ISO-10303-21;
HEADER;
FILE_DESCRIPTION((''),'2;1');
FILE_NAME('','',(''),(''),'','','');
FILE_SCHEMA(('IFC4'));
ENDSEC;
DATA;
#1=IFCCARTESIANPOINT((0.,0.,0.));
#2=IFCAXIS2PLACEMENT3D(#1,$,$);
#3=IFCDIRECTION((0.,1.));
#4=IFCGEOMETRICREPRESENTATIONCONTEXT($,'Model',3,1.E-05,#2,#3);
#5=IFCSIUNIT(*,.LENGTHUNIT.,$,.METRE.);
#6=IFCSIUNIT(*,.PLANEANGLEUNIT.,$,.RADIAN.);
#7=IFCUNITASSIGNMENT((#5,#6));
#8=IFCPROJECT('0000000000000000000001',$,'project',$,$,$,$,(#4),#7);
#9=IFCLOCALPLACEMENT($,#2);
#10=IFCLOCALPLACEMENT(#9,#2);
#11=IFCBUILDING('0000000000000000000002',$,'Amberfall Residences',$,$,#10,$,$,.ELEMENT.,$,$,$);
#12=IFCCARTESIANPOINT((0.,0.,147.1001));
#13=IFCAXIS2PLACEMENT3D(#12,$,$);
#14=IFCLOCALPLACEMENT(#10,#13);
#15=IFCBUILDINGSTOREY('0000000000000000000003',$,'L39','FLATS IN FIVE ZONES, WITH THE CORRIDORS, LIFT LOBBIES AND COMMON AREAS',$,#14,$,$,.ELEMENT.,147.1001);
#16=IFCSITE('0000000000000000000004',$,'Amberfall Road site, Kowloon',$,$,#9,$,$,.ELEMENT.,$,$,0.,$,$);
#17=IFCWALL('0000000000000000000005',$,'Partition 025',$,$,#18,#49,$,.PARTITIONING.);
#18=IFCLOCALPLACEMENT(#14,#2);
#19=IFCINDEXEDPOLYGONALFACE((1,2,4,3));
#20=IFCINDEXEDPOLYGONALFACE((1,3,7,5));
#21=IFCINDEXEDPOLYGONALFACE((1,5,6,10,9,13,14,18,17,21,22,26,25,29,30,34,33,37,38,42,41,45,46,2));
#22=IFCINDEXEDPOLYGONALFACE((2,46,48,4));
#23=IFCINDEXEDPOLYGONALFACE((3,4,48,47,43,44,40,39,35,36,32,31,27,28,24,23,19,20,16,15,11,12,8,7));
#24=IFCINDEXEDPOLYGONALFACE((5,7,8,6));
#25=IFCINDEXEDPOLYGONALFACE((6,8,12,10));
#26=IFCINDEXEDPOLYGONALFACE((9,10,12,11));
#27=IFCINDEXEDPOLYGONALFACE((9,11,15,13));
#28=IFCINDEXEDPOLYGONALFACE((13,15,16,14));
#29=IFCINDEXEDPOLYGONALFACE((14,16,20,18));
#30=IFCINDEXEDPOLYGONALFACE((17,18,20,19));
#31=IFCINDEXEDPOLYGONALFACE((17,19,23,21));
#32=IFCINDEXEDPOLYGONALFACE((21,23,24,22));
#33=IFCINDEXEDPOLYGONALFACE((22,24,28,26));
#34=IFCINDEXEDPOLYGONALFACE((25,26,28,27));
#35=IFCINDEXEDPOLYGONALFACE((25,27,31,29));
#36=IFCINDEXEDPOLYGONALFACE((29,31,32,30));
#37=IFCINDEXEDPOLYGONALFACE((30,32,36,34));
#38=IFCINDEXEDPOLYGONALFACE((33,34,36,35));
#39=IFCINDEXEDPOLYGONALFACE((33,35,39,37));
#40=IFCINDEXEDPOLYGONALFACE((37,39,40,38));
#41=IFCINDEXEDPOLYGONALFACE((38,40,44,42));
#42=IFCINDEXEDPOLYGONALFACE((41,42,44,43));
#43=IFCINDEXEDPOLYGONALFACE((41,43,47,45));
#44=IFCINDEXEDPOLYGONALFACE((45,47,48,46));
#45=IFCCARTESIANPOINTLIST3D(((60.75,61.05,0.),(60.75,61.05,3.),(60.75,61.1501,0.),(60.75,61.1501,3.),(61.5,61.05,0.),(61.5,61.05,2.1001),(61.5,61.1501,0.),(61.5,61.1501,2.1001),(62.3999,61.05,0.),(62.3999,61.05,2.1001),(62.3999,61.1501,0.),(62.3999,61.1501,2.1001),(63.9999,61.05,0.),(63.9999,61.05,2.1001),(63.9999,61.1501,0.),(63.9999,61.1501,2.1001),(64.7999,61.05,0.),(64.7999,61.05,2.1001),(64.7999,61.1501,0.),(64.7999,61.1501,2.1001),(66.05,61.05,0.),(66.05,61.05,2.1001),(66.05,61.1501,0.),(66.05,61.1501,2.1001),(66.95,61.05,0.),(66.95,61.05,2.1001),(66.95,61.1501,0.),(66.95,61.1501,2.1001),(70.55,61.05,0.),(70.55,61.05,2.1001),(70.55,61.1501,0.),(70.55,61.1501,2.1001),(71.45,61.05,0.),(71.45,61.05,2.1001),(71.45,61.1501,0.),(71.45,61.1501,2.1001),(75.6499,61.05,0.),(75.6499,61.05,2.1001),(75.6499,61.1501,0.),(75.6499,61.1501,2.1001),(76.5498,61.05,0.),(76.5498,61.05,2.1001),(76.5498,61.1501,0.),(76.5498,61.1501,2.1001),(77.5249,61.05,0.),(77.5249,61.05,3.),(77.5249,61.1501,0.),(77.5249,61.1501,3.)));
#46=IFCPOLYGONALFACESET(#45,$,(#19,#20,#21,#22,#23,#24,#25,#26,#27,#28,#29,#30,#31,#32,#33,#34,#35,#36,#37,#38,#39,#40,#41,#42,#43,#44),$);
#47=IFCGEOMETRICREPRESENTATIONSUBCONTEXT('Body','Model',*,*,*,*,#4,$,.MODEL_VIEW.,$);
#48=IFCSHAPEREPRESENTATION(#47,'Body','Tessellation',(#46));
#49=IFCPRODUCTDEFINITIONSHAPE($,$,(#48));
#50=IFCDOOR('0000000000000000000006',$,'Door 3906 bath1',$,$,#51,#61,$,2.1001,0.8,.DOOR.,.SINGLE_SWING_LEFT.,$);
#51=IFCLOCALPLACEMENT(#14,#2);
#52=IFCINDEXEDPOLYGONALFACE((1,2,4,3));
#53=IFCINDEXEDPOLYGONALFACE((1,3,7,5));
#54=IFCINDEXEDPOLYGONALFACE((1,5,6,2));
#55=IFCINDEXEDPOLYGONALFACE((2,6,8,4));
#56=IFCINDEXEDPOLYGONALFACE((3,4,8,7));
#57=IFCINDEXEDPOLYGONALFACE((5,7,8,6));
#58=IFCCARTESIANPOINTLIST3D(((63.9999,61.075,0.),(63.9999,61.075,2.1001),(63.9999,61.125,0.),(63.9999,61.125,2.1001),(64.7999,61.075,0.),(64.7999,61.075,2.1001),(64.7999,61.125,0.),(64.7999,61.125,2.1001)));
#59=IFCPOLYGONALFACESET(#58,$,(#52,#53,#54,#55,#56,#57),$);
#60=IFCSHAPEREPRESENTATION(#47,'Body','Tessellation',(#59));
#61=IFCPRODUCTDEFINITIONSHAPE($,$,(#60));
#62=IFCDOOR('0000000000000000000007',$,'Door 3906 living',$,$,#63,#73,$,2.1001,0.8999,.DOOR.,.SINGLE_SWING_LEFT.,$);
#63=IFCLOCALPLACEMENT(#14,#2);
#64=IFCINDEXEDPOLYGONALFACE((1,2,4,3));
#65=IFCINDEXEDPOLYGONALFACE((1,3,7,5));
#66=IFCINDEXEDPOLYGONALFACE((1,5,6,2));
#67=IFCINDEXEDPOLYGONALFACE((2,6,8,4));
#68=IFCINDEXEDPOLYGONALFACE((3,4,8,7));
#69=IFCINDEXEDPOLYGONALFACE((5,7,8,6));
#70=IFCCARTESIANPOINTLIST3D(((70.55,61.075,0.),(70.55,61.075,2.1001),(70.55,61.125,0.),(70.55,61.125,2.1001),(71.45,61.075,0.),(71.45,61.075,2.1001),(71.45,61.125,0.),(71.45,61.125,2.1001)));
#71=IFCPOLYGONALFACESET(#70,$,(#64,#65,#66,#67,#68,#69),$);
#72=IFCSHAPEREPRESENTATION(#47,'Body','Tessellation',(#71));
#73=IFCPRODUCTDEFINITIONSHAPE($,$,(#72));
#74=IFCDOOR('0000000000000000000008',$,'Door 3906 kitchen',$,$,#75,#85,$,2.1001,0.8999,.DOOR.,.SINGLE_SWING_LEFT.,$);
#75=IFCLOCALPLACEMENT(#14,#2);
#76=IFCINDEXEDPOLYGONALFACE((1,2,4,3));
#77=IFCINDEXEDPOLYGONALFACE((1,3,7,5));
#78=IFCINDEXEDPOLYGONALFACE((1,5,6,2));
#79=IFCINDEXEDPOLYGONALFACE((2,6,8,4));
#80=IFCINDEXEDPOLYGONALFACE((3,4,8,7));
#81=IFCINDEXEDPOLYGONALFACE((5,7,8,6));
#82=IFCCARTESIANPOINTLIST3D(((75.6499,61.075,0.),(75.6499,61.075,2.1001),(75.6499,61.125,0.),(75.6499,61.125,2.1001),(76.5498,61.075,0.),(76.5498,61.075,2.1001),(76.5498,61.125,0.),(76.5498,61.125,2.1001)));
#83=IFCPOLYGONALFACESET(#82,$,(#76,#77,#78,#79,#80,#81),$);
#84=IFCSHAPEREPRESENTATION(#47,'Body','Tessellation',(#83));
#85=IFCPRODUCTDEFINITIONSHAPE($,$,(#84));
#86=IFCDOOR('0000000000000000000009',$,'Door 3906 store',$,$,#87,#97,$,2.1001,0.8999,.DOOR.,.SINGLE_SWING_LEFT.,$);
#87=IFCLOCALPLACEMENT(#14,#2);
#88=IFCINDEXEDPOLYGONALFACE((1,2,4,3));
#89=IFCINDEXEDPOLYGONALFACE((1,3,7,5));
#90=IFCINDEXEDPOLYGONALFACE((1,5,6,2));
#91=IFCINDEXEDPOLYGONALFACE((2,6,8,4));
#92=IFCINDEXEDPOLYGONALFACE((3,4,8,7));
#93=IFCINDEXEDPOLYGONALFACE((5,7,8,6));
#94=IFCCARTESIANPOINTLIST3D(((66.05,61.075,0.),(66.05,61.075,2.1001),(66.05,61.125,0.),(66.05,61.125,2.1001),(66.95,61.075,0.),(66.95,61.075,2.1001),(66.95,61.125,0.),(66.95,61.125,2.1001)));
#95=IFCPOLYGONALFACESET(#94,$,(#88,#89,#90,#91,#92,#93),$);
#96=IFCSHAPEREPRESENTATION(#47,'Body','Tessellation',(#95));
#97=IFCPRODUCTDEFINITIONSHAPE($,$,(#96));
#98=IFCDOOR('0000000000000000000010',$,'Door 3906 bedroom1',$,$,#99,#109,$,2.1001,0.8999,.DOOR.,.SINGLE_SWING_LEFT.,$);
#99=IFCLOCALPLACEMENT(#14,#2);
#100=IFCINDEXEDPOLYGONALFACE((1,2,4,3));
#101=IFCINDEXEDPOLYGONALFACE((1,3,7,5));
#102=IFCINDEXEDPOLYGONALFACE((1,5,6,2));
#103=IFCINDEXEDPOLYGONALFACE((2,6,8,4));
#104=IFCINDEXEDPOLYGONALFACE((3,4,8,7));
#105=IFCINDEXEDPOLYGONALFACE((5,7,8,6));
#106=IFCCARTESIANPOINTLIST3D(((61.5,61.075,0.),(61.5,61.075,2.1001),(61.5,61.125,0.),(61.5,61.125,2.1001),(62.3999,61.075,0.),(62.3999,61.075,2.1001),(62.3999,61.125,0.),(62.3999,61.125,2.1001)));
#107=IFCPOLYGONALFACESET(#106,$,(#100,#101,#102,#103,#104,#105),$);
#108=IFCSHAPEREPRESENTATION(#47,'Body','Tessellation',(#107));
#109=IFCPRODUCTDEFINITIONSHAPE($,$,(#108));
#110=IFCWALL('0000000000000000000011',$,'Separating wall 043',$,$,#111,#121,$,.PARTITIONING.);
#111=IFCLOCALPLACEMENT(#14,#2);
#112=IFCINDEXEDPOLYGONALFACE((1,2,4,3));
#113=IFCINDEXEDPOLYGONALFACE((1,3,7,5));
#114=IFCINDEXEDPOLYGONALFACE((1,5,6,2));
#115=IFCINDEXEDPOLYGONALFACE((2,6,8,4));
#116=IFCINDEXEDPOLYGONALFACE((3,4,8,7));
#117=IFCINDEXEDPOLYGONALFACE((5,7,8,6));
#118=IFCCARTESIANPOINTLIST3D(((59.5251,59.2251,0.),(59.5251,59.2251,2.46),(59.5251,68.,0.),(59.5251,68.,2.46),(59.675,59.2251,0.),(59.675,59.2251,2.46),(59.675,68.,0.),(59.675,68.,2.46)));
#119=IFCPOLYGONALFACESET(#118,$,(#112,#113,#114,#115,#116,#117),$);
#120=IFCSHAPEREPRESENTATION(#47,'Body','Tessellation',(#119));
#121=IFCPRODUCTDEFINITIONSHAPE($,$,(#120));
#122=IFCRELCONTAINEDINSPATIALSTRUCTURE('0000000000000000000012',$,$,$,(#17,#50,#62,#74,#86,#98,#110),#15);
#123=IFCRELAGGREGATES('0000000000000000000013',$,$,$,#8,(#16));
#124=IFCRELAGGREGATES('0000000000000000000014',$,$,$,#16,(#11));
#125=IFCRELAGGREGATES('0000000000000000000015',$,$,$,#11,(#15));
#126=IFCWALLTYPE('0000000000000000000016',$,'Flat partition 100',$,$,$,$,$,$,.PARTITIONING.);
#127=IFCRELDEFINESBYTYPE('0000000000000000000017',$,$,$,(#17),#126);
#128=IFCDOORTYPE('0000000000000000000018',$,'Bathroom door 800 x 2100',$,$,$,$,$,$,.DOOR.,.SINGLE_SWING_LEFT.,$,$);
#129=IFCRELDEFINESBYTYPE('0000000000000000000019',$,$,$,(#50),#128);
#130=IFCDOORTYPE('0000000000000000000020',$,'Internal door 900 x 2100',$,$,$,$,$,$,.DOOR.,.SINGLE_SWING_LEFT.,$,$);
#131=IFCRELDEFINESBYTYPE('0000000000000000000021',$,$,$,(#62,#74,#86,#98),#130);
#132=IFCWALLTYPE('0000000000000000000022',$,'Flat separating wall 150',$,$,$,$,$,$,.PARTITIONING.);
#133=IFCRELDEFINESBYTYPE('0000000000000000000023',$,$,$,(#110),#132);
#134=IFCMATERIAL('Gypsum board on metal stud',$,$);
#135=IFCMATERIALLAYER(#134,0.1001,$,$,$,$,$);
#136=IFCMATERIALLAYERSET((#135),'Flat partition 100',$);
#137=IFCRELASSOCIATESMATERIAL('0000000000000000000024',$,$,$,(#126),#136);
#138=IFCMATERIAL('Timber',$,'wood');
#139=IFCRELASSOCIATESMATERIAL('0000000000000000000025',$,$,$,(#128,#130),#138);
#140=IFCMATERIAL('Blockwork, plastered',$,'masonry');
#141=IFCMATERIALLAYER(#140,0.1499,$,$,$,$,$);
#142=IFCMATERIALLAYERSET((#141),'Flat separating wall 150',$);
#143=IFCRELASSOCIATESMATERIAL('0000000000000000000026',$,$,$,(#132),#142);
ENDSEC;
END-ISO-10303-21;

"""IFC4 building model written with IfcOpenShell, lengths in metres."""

from ifc_helpers import new_model, si_unit, direction, frame, frame_2d, origin, place, context, subcontext, project, spatial, rectangle, extrude, material, layer, layer_set, type_object, element, fill, save


model = new_model("IFC4")

# Units and contexts
model_context = context("Model", 3, precision=1e-05, world=origin(), true_north=direction((0.0, 1.0)))
body_context = subcontext(model_context, "Body", "Model", "MODEL_VIEW")
ifc_project = project(units=[si_unit("LENGTHUNIT", "METRE"), si_unit("PLANEANGLEUNIT", "RADIAN")], contexts=[model_context])

# Site, building, storey
site_placement = place(None, origin())
site = spatial("IfcSite", under=ifc_project, at=site_placement, Name="Amberfall Road site, Kowloon", CompositionType="ELEMENT", RefElevation=0.0)
building_placement = place(site_placement, origin())
building = spatial("IfcBuilding", under=site, at=building_placement, Name="Amberfall Residences", CompositionType="ELEMENT")
storey_placement = place(building_placement, frame((0.0, 0.0, 147.1001)))
storey = spatial("IfcBuildingStorey", under=building, at=storey_placement, Name="L39", Description="FLATS IN FIVE ZONES, WITH THE CORRIDORS, LIFT LOBBIES AND COMMON AREAS", CompositionType="ELEMENT", Elevation=147.1001)

# Shared definitions
ifc_material_1 = material(Name="Gypsum board on metal stud")
ifc_layer_1 = layer(ifc_material_1, 0.1001)
ifc_layer_set_1 = layer_set([ifc_layer_1], Name="Flat partition 100")
wall_type_1 = type_object("IfcWallType", Name="Flat partition 100", PredefinedType="PARTITIONING", material=ifc_layer_set_1)

# Wall, openings, doors
wall_1_placement = place(storey_placement, frame((60.75, 61.1001, 0.0), z_axis=(0.0, 0.0, 1.0), x_axis=(1.0, 0.0, 0.0)))
wall_1 = element("IfcWall", 1, at=wall_1_placement, inside=storey, type_object=wall_type_1, Name="Partition 025", PredefinedType="PARTITIONING", context=body_context, shape_type="SweptSolid", body=[
    extrude(rectangle(XDim=16.7749, YDim=0.1001, at=frame_2d((8.3875, 0.0))), origin(), (0.0, 0.0, 1.0), 3.0),
])
opening_1_placement = place(wall_1_placement, frame((9.8, 0.0, 0.0)))
opening_1 = element("IfcOpeningElement", 2, at=opening_1_placement, cuts=wall_1, PredefinedType="OPENING", context=body_context, shape_type="SweptSolid", body=[
    extrude(rectangle(XDim=0.8999, YDim=2.1001, at=frame_2d((0.45, 1.05))), frame((0.0, 0.0601, 0.0), z_axis=(0.0, -1.0, 0.0), x_axis=(1.0, 0.0, 0.0)), (0.0, 0.0, 1.0), 0.1201),
])
opening_2_placement = place(wall_1_placement, frame((14.8999, 0.0, 0.0)))
opening_2 = element("IfcOpeningElement", 3, at=opening_2_placement, cuts=wall_1, PredefinedType="OPENING", context=body_context, shape_type="SweptSolid", body=[
    extrude(rectangle(XDim=0.8999, YDim=2.1001, at=frame_2d((0.45, 1.05))), frame((0.0, 0.0601, 0.0), z_axis=(0.0, -1.0, 0.0), x_axis=(1.0, 0.0, 0.0)), (0.0, 0.0, 1.0), 0.1201),
])
opening_3_placement = place(wall_1_placement, frame((5.3, 0.0, 0.0)))
opening_3 = element("IfcOpeningElement", 4, at=opening_3_placement, cuts=wall_1, PredefinedType="OPENING", context=body_context, shape_type="SweptSolid", body=[
    extrude(rectangle(XDim=0.8999, YDim=2.1001, at=frame_2d((0.45, 1.05))), frame((0.0, 0.0601, 0.0), z_axis=(0.0, -1.0, 0.0), x_axis=(1.0, 0.0, 0.0)), (0.0, 0.0, 1.0), 0.1201),
])
opening_4_placement = place(wall_1_placement, frame((0.75, 0.0, 0.0)))
opening_4 = element("IfcOpeningElement", 5, at=opening_4_placement, cuts=wall_1, PredefinedType="OPENING", context=body_context, shape_type="SweptSolid", body=[
    extrude(rectangle(XDim=0.8999, YDim=2.1001, at=frame_2d((0.45, 1.05))), frame((0.0, 0.0601, 0.0), z_axis=(0.0, -1.0, 0.0), x_axis=(1.0, 0.0, 0.0)), (0.0, 0.0, 1.0), 0.1201),
])
opening_5_placement = place(wall_1_placement, frame((3.25, 0.0, 0.0)))
opening_5 = element("IfcOpeningElement", 6, at=opening_5_placement, cuts=wall_1, PredefinedType="OPENING", context=body_context, shape_type="SweptSolid", body=[
    extrude(rectangle(XDim=0.8, YDim=2.1001, at=frame_2d((0.3999, 1.05))), frame((0.0, 0.0601, 0.0), z_axis=(0.0, -1.0, 0.0), x_axis=(1.0, 0.0, 0.0)), (0.0, 0.0, 1.0), 0.1201),
])
ifc_material_2 = material(Name="Timber", Category="wood")
door_type_1 = type_object("IfcDoorType", Name="Bathroom door 800 x 2100", OperationType="SINGLE_SWING_LEFT", PredefinedType="DOOR", material=ifc_material_2)
door_1_placement = place(opening_5_placement, origin())
door_1 = element("IfcDoor", 7, at=door_1_placement, inside=storey, type_object=door_type_1, Name="Door 3906 bath1", OperationType="SINGLE_SWING_LEFT", OverallHeight=2.1001, OverallWidth=0.8, PredefinedType="DOOR", context=body_context, shape_type="SweptSolid", body=[
    extrude(rectangle(XDim=0.8, YDim=2.1001, at=frame_2d((0.3999, 1.05))), frame((0.0, 0.0249, 0.0), z_axis=(0.0, -1.0, 0.0), x_axis=(1.0, 0.0, 0.0)), (0.0, 0.0, 1.0), 0.05),
])
fill(opening_5, door_1)
door_type_2 = type_object("IfcDoorType", Name="Internal door 900 x 2100", OperationType="SINGLE_SWING_LEFT", PredefinedType="DOOR", material=ifc_material_2)
door_2_placement = place(opening_1_placement, origin())
door_2 = element("IfcDoor", 8, at=door_2_placement, inside=storey, type_object=door_type_2, Name="Door 3906 living", OperationType="SINGLE_SWING_LEFT", OverallHeight=2.1001, OverallWidth=0.8999, PredefinedType="DOOR", context=body_context, shape_type="SweptSolid", body=[
    extrude(rectangle(XDim=0.8999, YDim=2.1001, at=frame_2d((0.45, 1.05))), frame((0.0, 0.0249, 0.0), z_axis=(0.0, -1.0, 0.0), x_axis=(1.0, 0.0, 0.0)), (0.0, 0.0, 1.0), 0.05),
])
fill(opening_1, door_2)
door_3_placement = place(opening_2_placement, origin())
door_3 = element("IfcDoor", 9, at=door_3_placement, inside=storey, type_object=door_type_2, Name="Door 3906 kitchen", OperationType="SINGLE_SWING_LEFT", OverallHeight=2.1001, OverallWidth=0.8999, PredefinedType="DOOR", context=body_context, shape_type="SweptSolid", body=[
    extrude(rectangle(XDim=0.8999, YDim=2.1001, at=frame_2d((0.45, 1.05))), frame((0.0, 0.0249, 0.0), z_axis=(0.0, -1.0, 0.0), x_axis=(1.0, 0.0, 0.0)), (0.0, 0.0, 1.0), 0.05),
])
fill(opening_2, door_3)
door_4_placement = place(opening_3_placement, origin())
door_4 = element("IfcDoor", 10, at=door_4_placement, inside=storey, type_object=door_type_2, Name="Door 3906 store", OperationType="SINGLE_SWING_LEFT", OverallHeight=2.1001, OverallWidth=0.8999, PredefinedType="DOOR", context=body_context, shape_type="SweptSolid", body=[
    extrude(rectangle(XDim=0.8999, YDim=2.1001, at=frame_2d((0.45, 1.05))), frame((0.0, 0.0249, 0.0), z_axis=(0.0, -1.0, 0.0), x_axis=(1.0, 0.0, 0.0)), (0.0, 0.0, 1.0), 0.05),
])
fill(opening_3, door_4)
door_5_placement = place(opening_4_placement, origin())
door_5 = element("IfcDoor", 11, at=door_5_placement, inside=storey, type_object=door_type_2, Name="Door 3906 bedroom1", OperationType="SINGLE_SWING_LEFT", OverallHeight=2.1001, OverallWidth=0.8999, PredefinedType="DOOR", context=body_context, shape_type="SweptSolid", body=[
    extrude(rectangle(XDim=0.8999, YDim=2.1001, at=frame_2d((0.45, 1.05))), frame((0.0, 0.0249, 0.0), z_axis=(0.0, -1.0, 0.0), x_axis=(1.0, 0.0, 0.0)), (0.0, 0.0, 1.0), 0.05),
])
fill(opening_4, door_5)

# Wall
ifc_material_3 = material(Name="Blockwork, plastered", Category="masonry")
ifc_layer_2 = layer(ifc_material_3, 0.1499)
ifc_layer_set_2 = layer_set([ifc_layer_2], Name="Flat separating wall 150")
wall_type_2 = type_object("IfcWallType", Name="Flat separating wall 150", PredefinedType="PARTITIONING", material=ifc_layer_set_2)
wall_2_placement = place(storey_placement, frame((59.6001, 59.2251, 0.0), z_axis=(0.0, 0.0, 1.0), x_axis=(0.0, 1.0, 0.0)))
element("IfcWall", 12, at=wall_2_placement, inside=storey, type_object=wall_type_2, Name="Separating wall 043", PredefinedType="PARTITIONING", context=body_context, shape_type="SweptSolid", body=[
    extrude(rectangle(XDim=8.7749, YDim=0.1499, at=frame_2d((4.3875, 0.0))), origin(), (0.0, 0.0, 1.0), 2.46),
])

save(model, "model.ifc")
